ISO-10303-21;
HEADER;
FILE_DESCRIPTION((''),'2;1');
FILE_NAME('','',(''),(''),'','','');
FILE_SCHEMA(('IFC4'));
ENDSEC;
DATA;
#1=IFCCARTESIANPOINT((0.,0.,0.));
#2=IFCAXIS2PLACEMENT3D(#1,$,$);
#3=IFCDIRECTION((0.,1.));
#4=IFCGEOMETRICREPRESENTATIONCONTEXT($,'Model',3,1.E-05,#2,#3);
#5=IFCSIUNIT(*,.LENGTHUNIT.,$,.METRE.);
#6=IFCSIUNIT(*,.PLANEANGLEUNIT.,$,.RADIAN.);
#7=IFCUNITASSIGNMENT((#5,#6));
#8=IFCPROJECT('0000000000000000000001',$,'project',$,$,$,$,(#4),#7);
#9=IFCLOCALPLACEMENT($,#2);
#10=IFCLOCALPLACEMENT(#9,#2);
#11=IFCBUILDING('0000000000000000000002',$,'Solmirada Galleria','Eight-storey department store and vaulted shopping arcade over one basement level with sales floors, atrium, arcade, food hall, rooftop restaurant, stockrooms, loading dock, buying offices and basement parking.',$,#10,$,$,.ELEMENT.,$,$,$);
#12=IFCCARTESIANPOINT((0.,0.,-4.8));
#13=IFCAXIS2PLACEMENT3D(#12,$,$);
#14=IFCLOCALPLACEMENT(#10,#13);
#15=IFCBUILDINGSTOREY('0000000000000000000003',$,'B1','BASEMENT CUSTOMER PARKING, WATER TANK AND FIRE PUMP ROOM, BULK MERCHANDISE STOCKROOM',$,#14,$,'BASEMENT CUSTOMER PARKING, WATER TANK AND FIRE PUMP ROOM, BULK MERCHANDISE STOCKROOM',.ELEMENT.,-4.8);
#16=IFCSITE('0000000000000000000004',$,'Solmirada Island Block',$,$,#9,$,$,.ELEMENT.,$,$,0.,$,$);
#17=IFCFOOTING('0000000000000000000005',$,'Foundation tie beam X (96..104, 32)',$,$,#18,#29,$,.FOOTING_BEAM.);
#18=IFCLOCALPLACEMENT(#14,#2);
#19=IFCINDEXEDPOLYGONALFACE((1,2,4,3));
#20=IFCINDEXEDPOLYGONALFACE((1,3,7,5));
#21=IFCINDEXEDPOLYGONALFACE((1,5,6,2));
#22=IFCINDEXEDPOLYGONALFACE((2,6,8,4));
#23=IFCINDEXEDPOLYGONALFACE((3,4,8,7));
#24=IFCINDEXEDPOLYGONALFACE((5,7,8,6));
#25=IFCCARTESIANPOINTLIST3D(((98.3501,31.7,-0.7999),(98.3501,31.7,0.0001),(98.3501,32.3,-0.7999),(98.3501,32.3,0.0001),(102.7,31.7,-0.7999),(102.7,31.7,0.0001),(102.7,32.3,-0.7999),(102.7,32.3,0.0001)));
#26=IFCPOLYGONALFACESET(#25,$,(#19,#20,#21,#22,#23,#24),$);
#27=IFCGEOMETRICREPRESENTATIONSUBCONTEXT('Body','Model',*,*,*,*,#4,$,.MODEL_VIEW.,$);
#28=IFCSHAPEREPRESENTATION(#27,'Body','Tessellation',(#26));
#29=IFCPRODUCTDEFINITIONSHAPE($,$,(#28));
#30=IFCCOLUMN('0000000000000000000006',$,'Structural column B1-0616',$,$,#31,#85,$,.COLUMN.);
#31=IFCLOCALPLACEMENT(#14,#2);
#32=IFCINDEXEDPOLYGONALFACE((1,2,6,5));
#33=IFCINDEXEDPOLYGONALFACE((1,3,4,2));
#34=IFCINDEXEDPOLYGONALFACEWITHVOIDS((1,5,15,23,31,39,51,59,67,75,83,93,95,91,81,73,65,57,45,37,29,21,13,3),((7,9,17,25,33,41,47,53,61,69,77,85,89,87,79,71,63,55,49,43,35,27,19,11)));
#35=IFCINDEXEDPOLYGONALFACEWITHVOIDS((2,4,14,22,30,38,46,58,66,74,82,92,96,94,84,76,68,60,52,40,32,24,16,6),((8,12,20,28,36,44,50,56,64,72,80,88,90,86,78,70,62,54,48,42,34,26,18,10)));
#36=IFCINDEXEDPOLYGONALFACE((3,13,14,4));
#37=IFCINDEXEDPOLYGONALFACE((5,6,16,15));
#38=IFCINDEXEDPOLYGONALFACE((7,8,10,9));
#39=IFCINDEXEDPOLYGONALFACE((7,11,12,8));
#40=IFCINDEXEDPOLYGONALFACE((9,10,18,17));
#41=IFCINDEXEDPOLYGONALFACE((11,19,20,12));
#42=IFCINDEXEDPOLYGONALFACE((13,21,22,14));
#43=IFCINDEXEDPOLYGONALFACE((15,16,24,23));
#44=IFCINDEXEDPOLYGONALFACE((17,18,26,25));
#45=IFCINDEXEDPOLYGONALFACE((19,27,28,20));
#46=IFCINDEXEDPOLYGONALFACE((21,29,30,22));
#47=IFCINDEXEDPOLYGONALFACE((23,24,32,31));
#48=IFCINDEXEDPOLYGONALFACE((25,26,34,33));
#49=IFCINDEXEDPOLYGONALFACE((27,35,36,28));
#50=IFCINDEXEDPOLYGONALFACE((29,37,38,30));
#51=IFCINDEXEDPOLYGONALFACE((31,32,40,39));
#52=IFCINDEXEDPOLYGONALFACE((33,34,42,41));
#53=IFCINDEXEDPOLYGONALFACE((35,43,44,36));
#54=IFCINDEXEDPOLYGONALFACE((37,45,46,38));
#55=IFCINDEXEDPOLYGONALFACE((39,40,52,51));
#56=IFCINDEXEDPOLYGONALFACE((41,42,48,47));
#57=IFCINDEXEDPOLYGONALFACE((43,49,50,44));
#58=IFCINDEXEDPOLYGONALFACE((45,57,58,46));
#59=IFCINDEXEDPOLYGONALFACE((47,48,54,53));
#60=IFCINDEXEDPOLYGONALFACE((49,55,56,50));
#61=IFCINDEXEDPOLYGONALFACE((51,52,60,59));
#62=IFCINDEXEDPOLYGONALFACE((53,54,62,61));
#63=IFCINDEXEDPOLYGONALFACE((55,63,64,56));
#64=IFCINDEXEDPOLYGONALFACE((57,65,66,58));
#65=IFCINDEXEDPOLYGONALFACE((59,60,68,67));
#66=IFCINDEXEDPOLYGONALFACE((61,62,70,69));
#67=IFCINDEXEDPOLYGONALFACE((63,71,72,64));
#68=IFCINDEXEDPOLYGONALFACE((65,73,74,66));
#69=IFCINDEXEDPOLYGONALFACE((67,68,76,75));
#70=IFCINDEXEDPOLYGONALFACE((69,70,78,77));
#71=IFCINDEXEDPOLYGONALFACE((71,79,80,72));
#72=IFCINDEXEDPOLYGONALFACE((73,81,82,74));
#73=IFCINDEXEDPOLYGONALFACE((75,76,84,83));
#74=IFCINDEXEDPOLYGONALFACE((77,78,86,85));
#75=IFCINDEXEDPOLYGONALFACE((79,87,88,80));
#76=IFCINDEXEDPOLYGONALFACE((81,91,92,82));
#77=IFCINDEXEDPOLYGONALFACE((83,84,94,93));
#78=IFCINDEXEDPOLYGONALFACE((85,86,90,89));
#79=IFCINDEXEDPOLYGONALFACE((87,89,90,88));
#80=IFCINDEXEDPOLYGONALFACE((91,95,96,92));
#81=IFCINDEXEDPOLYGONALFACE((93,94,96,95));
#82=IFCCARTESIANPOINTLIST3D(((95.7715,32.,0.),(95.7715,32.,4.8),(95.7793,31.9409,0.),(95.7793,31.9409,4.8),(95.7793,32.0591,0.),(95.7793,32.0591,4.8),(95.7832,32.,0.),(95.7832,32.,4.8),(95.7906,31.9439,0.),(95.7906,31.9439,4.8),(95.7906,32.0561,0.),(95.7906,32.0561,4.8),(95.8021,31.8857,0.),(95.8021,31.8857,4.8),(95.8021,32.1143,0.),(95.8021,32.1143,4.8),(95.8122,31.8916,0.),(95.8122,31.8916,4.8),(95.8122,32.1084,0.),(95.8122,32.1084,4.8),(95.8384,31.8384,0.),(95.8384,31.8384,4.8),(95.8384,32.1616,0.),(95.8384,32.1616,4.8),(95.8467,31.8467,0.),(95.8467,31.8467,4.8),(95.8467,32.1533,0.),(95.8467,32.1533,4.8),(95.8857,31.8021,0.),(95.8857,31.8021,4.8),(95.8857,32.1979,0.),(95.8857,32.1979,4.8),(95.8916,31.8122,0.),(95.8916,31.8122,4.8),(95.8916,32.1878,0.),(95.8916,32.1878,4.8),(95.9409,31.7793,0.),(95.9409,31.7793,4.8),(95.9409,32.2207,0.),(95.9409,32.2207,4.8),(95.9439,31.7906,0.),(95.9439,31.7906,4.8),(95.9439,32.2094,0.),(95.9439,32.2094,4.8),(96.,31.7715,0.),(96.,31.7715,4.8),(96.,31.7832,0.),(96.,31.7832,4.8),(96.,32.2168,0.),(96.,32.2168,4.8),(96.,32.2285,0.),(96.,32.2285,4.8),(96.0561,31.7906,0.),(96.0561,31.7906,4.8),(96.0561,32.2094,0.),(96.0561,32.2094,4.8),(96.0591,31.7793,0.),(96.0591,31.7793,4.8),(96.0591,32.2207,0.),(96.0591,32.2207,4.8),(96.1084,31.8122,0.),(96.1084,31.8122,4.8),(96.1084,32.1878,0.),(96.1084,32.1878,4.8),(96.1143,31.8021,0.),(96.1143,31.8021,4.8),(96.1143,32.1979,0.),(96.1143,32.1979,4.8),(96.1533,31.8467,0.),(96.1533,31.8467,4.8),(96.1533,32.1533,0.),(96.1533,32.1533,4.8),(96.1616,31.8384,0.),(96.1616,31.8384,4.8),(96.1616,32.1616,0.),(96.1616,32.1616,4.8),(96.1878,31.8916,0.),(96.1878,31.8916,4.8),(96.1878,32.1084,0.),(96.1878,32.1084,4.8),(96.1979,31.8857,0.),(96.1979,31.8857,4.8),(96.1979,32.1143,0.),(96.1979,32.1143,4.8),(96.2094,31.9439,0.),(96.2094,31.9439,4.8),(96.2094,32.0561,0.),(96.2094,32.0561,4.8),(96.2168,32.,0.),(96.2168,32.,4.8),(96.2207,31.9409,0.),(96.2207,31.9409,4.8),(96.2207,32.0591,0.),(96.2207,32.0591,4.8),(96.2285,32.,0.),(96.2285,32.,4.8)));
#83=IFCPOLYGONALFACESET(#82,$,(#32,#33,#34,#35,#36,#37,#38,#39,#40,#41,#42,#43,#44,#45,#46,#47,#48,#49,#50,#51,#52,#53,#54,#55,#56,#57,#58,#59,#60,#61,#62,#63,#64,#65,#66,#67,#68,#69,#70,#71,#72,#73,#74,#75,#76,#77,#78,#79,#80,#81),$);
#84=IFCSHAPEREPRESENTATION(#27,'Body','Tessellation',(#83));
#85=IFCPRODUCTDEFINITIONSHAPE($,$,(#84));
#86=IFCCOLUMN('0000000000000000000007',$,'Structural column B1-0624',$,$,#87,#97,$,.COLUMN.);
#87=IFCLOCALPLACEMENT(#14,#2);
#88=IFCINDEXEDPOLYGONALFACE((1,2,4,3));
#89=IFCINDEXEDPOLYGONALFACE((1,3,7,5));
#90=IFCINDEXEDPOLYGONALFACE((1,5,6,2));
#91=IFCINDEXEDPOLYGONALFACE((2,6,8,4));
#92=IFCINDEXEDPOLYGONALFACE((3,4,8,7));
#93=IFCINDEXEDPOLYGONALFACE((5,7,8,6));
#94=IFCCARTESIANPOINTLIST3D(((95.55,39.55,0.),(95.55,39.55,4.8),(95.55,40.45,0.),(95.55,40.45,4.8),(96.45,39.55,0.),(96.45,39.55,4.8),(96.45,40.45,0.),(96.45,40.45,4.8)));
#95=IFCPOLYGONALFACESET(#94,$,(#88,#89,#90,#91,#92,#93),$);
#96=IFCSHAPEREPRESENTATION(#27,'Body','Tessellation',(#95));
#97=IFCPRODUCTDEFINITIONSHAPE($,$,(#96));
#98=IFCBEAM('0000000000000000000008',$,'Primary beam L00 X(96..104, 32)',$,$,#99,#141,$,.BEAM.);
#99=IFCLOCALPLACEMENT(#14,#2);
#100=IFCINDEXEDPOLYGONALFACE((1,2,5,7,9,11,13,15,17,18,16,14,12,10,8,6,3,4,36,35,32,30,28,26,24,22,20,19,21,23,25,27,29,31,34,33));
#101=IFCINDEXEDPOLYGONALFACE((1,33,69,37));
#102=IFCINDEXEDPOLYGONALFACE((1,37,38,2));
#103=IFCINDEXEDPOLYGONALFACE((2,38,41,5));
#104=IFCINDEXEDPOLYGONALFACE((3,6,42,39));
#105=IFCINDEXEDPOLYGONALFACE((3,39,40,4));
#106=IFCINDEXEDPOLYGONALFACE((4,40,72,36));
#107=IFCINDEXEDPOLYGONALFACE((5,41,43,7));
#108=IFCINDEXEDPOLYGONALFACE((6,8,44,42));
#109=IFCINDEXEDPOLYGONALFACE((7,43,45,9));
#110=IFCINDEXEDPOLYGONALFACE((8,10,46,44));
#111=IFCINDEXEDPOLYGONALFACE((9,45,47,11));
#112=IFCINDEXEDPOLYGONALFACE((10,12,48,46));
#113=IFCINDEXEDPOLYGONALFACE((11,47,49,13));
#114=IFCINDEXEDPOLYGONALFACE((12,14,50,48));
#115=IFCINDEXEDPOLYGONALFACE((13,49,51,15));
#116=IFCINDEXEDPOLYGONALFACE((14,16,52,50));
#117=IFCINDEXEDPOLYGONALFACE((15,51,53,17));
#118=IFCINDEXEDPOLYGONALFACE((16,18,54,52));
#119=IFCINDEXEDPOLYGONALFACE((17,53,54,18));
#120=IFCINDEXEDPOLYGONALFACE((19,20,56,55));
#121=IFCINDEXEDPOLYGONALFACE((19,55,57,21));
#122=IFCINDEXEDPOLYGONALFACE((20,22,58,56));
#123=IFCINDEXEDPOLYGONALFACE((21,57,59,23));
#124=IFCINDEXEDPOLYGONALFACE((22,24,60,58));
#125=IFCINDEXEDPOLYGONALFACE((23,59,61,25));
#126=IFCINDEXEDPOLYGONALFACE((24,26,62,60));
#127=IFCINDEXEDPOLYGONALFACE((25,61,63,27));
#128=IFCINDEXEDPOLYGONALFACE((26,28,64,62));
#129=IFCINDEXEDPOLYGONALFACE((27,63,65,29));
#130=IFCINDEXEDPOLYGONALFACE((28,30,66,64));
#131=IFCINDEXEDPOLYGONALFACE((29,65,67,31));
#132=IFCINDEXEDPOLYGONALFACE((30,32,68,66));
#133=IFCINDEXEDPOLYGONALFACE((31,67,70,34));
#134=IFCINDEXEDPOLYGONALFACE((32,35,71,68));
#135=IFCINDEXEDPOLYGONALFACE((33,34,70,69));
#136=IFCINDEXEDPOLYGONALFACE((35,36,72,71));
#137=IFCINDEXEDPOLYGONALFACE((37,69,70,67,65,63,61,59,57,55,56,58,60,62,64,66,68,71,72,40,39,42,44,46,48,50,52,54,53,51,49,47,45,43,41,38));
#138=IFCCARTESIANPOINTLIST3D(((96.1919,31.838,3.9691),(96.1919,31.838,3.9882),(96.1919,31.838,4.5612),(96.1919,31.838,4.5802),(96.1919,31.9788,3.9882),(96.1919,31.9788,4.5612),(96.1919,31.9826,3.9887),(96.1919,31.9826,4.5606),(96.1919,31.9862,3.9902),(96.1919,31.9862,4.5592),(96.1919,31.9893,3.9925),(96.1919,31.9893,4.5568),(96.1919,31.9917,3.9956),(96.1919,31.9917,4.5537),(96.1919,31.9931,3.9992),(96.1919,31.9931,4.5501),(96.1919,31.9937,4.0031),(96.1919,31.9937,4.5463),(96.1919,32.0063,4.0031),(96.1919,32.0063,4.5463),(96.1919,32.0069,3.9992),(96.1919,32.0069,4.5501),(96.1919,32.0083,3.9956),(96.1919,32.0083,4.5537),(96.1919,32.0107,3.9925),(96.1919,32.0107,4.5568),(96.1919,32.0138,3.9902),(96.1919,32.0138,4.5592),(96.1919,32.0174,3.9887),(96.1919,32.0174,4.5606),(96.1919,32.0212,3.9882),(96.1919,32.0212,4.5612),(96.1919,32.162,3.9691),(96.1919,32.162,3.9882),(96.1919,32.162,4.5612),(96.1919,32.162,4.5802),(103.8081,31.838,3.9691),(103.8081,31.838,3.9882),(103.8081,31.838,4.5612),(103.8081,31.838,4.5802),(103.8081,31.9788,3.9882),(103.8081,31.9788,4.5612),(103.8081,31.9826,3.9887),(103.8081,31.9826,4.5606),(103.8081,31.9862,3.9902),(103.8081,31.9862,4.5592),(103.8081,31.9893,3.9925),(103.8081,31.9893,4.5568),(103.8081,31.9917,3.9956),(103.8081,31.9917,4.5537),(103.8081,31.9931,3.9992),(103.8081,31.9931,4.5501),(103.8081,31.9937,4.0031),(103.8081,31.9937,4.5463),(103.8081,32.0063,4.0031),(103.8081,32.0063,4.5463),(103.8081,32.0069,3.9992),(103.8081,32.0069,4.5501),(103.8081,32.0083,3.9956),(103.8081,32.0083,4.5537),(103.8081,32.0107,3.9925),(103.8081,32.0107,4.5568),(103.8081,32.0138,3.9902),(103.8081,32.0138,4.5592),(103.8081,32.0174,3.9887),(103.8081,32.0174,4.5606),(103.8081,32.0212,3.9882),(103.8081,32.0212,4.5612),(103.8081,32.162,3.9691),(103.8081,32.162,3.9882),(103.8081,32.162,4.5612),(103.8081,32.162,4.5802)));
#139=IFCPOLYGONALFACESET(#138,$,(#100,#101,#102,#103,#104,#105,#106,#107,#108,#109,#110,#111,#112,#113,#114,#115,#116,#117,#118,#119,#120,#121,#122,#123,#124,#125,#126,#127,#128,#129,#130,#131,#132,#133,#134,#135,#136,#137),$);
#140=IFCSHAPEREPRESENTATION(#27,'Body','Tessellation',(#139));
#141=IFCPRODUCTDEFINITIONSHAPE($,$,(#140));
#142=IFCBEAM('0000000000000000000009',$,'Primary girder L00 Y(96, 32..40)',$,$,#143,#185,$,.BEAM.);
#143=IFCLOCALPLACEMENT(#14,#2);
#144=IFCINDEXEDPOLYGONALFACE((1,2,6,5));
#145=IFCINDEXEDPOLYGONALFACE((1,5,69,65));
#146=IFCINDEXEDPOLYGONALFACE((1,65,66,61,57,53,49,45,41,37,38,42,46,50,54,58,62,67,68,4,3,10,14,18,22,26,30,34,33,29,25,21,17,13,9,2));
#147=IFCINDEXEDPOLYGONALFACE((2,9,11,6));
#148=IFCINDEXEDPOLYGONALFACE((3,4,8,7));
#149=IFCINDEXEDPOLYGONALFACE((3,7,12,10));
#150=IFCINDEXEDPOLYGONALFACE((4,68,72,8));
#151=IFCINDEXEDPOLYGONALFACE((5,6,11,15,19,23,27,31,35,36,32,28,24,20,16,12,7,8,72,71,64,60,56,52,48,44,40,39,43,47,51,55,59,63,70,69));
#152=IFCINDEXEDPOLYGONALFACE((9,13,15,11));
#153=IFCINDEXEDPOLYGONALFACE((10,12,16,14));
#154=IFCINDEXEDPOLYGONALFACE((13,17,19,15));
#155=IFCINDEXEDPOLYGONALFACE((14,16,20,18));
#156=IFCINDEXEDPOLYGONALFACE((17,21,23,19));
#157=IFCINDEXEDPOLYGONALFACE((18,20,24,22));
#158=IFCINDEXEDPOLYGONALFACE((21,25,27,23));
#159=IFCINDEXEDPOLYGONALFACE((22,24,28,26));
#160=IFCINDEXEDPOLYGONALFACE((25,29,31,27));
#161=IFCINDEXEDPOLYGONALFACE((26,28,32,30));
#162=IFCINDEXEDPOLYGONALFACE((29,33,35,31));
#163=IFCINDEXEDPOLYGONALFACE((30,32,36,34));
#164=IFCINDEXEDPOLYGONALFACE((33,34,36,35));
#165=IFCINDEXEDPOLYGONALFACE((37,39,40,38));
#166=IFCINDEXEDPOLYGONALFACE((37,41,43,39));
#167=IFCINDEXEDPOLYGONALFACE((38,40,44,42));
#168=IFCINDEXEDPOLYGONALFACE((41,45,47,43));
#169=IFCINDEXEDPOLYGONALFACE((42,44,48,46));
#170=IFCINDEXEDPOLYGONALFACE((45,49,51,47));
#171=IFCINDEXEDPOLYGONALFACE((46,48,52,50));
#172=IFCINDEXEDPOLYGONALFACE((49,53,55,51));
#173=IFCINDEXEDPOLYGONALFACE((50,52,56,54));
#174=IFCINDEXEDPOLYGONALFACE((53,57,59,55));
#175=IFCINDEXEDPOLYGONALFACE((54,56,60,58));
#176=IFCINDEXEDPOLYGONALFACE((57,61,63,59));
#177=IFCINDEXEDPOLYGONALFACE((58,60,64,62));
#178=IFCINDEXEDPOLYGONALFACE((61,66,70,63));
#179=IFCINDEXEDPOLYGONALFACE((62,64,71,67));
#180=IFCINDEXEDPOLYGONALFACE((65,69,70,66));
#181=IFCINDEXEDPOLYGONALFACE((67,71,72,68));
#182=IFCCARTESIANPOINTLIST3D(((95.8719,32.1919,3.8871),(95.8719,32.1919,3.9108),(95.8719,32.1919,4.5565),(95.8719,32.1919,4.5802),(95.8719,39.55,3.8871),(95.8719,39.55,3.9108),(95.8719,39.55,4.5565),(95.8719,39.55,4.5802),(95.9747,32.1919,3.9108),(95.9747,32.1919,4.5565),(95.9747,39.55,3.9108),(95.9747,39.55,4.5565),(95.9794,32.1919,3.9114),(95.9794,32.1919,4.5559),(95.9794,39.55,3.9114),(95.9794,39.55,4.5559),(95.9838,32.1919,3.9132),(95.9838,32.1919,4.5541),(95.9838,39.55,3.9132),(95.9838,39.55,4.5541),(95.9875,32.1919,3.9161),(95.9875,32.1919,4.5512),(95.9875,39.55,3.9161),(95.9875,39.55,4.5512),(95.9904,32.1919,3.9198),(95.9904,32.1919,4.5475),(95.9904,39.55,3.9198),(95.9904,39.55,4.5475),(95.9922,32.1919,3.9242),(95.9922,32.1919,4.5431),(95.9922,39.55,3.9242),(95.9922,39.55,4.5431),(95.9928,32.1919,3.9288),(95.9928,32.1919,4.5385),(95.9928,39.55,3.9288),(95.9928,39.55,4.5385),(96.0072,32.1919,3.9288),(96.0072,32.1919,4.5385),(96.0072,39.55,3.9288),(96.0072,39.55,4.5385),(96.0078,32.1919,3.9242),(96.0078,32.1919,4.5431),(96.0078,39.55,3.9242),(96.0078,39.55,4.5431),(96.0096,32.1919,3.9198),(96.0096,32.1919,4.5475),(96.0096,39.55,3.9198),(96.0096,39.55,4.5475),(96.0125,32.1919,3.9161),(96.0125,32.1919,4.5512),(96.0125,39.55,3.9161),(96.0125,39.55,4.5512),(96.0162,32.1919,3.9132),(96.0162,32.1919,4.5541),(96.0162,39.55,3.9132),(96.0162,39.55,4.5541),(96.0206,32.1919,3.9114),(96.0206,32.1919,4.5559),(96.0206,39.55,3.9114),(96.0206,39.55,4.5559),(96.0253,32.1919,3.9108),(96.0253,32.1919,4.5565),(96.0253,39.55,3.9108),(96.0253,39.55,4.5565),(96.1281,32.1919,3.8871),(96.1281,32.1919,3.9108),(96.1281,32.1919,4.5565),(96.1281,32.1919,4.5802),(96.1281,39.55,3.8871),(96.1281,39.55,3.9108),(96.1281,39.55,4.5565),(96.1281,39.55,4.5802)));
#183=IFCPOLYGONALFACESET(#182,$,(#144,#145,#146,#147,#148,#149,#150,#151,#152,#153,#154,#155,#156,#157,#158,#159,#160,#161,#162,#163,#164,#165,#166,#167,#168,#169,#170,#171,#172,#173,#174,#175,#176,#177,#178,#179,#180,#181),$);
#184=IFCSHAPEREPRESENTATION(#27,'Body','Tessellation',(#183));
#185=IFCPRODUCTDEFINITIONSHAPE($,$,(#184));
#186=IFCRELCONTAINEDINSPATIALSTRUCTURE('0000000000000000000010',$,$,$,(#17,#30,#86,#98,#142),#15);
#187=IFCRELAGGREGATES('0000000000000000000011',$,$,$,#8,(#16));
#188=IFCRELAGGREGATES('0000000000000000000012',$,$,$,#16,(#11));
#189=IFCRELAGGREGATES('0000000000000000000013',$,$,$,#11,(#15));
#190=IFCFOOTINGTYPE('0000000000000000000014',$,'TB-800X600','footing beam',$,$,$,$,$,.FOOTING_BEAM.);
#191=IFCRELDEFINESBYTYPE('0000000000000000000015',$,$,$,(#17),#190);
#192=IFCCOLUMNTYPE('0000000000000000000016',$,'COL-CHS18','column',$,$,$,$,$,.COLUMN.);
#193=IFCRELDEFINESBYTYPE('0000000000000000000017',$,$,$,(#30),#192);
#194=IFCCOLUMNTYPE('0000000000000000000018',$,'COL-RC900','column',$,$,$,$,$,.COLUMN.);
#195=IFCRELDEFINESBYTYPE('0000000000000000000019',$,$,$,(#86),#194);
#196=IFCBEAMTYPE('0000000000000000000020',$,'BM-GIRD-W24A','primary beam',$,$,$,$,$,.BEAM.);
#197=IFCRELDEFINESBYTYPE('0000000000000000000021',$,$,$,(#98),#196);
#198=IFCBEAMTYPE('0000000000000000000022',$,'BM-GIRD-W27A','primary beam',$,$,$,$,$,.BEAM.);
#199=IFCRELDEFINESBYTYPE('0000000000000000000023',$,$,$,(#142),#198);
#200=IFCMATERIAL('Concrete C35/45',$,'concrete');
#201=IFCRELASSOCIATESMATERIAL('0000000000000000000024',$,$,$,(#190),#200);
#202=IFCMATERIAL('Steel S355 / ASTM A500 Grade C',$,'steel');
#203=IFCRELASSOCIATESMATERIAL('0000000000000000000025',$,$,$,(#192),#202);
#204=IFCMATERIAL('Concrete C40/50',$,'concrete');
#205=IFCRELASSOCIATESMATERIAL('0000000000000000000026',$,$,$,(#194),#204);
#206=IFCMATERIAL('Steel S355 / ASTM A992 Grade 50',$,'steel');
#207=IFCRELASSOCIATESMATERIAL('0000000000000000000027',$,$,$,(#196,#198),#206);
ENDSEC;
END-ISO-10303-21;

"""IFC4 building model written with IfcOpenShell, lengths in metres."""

from ifc_helpers import new_model, si_unit, direction, frame, origin, origin_2d, place, context, subcontext, project, spatial, rectangle, hollow_circle, i_section, extrude, material, material_profile, profile_set, type_object, element, save


model = new_model("IFC4")

# Units and contexts
model_context = context("Model", 3, precision=1e-05, world=origin(), true_north=direction((0.0, 1.0)))
body_context = subcontext(model_context, "Body", "Model", "MODEL_VIEW")
ifc_project = project(units=[si_unit("LENGTHUNIT", "METRE"), si_unit("PLANEANGLEUNIT", "RADIAN")], contexts=[model_context])

# Site, building, storey
site_placement = place(None, origin())
site = spatial("IfcSite", under=ifc_project, at=site_placement, Name="Solmirada Island Block", CompositionType="ELEMENT", RefElevation=0.0)
building_placement = place(site_placement, origin())
building = spatial("IfcBuilding", under=site, at=building_placement, Name="Solmirada Galleria", Description="Eight-storey department store and vaulted shopping arcade over one basement level with sales floors, atrium, arcade, food hall, rooftop restaurant, stockrooms, loading dock, buying offices and basement parking.", CompositionType="ELEMENT")
storey_placement = place(building_placement, frame((0.0, 0.0, -4.8)))
storey = spatial("IfcBuildingStorey", under=building, at=storey_placement, Name="B1", Description="BASEMENT CUSTOMER PARKING, WATER TANK AND FIRE PUMP ROOM, BULK MERCHANDISE STOCKROOM", LongName="BASEMENT CUSTOMER PARKING, WATER TANK AND FIRE PUMP ROOM, BULK MERCHANDISE STOCKROOM", CompositionType="ELEMENT", Elevation=-4.8)

# Shared definitions
ifc_material_1 = material(Name="Concrete C35/45", Category="concrete")

# Shared definitions
ifc_material_2 = material(Name="Concrete C40/50", Category="concrete")

# Footing
ifc_material_profile_1 = material_profile(ifc_material_1, rectangle(XDim=0.6001, YDim=0.8, at=origin_2d()), Name="RC800X600")
ifc_profile_set_1 = profile_set([ifc_material_profile_1], Name="Concrete C35/45")
footing_type_1 = type_object("IfcFootingType", Name="TB-800X600", Description="footing beam", PredefinedType="FOOTING_BEAM", material=ifc_profile_set_1)
footing_1_placement = place(storey_placement, frame((98.3501, 32.0, -0.3999), z_axis=(1.0, 0.0, 0.0), x_axis=(0.0, 1.0, 0.0)))
element("IfcFooting", 1, at=footing_1_placement, inside=storey, type_object=footing_type_1, Name="Foundation tie beam X (96..104, 32)", PredefinedType="FOOTING_BEAM", context=body_context, shape_type="SweptSolid", body=[
    extrude(rectangle(XDim=0.6001, YDim=0.8, at=origin_2d()), origin(), (0.0, 0.0, 1.0), 4.3499),
])

# Columns
ifc_material_3 = material(Name="Steel S355 / ASTM A500 Grade C", Category="steel")
ifc_material_profile_2 = material_profile(ifc_material_3, hollow_circle(Radius=0.2285, WallThickness=0.0117, at=origin_2d()), Name="HSS18.000X0.500")
ifc_profile_set_2 = profile_set([ifc_material_profile_2], Name="Steel S355 / ASTM A500 Grade C")
column_type_1 = type_object("IfcColumnType", Name="COL-CHS18", Description="column", PredefinedType="COLUMN", material=ifc_profile_set_2)
column_1_placement = place(storey_placement, frame((96.0, 32.0, 0.0), z_axis=(0.0, 0.0, 1.0), x_axis=(1.0, 0.0, 0.0)))
element("IfcColumn", 2, at=column_1_placement, inside=storey, type_object=column_type_1, Name="Structural column B1-0616", PredefinedType="COLUMN", context=body_context, shape_type="SweptSolid", body=[
    extrude(hollow_circle(Radius=0.2285, WallThickness=0.0117, at=origin_2d()), origin(), (0.0, 0.0, 1.0), 4.8),
])
ifc_material_profile_3 = material_profile(ifc_material_2, rectangle(XDim=0.8999, YDim=0.8999, at=origin_2d()), Name="RC900X900")
ifc_profile_set_3 = profile_set([ifc_material_profile_3], Name="Concrete C40/50")
column_type_2 = type_object("IfcColumnType", Name="COL-RC900", Description="column", PredefinedType="COLUMN", material=ifc_profile_set_3)
column_2_placement = place(storey_placement, frame((96.0, 40.0, 0.0), z_axis=(0.0, 0.0, 1.0), x_axis=(1.0, 0.0, 0.0)))
element("IfcColumn", 3, at=column_2_placement, inside=storey, type_object=column_type_2, Name="Structural column B1-0624", PredefinedType="COLUMN", context=body_context, shape_type="SweptSolid", body=[
    extrude(rectangle(XDim=0.8999, YDim=0.8999, at=origin_2d()), origin(), (0.0, 0.0, 1.0), 4.8),
])

# Beams
ifc_material_4 = material(Name="Steel S355 / ASTM A992 Grade 50", Category="steel")
ifc_material_profile_4 = material_profile(ifc_material_4, i_section(OverallWidth=0.324, OverallDepth=0.6111, WebThickness=0.0127, FlangeThickness=0.019, FilletRadius=0.0149, at=origin_2d()), Name="W24X104")
ifc_profile_set_4 = profile_set([ifc_material_profile_4], Name="Steel S355 / ASTM A992 Grade 50")
beam_type_1 = type_object("IfcBeamType", Name="BM-GIRD-W24A", Description="primary beam", PredefinedType="BEAM", material=ifc_profile_set_4)
beam_1_placement = place(storey_placement, frame((96.1919, 32.0, 4.2747), z_axis=(1.0, 0.0, 0.0), x_axis=(0.0, 1.0, 0.0)))
element("IfcBeam", 4, at=beam_1_placement, inside=storey, type_object=beam_type_1, Name="Primary beam L00 X(96..104, 32)", PredefinedType="BEAM", context=body_context, shape_type="SweptSolid", body=[
    extrude(i_section(OverallWidth=0.324, OverallDepth=0.6111, WebThickness=0.0127, FlangeThickness=0.019, FilletRadius=0.0149, at=origin_2d()), origin(), (0.0, 0.0, 1.0), 7.6162),
])
ifc_material_profile_5 = material_profile(ifc_material_4, i_section(OverallWidth=0.2561, OverallDepth=0.6931, WebThickness=0.0144, FlangeThickness=0.0237, FilletRadius=0.0181, at=origin_2d()), Name="W27X114")
ifc_profile_set_5 = profile_set([ifc_material_profile_5], Name="Steel S355 / ASTM A992 Grade 50")
beam_type_2 = type_object("IfcBeamType", Name="BM-GIRD-W27A", Description="primary beam", PredefinedType="BEAM", material=ifc_profile_set_5)
beam_2_placement = place(storey_placement, frame((96.0, 32.1919, 4.2336), z_axis=(0.0, 1.0, 0.0), x_axis=(-1.0, 0.0, 0.0)))
element("IfcBeam", 5, at=beam_2_placement, inside=storey, type_object=beam_type_2, Name="Primary girder L00 Y(96, 32..40)", PredefinedType="BEAM", context=body_context, shape_type="SweptSolid", body=[
    extrude(i_section(OverallWidth=0.2561, OverallDepth=0.6931, WebThickness=0.0144, FlangeThickness=0.0237, FilletRadius=0.0181, at=origin_2d()), origin(), (0.0, 0.0, 1.0), 7.3582),
])

save(model, "model.ifc")
